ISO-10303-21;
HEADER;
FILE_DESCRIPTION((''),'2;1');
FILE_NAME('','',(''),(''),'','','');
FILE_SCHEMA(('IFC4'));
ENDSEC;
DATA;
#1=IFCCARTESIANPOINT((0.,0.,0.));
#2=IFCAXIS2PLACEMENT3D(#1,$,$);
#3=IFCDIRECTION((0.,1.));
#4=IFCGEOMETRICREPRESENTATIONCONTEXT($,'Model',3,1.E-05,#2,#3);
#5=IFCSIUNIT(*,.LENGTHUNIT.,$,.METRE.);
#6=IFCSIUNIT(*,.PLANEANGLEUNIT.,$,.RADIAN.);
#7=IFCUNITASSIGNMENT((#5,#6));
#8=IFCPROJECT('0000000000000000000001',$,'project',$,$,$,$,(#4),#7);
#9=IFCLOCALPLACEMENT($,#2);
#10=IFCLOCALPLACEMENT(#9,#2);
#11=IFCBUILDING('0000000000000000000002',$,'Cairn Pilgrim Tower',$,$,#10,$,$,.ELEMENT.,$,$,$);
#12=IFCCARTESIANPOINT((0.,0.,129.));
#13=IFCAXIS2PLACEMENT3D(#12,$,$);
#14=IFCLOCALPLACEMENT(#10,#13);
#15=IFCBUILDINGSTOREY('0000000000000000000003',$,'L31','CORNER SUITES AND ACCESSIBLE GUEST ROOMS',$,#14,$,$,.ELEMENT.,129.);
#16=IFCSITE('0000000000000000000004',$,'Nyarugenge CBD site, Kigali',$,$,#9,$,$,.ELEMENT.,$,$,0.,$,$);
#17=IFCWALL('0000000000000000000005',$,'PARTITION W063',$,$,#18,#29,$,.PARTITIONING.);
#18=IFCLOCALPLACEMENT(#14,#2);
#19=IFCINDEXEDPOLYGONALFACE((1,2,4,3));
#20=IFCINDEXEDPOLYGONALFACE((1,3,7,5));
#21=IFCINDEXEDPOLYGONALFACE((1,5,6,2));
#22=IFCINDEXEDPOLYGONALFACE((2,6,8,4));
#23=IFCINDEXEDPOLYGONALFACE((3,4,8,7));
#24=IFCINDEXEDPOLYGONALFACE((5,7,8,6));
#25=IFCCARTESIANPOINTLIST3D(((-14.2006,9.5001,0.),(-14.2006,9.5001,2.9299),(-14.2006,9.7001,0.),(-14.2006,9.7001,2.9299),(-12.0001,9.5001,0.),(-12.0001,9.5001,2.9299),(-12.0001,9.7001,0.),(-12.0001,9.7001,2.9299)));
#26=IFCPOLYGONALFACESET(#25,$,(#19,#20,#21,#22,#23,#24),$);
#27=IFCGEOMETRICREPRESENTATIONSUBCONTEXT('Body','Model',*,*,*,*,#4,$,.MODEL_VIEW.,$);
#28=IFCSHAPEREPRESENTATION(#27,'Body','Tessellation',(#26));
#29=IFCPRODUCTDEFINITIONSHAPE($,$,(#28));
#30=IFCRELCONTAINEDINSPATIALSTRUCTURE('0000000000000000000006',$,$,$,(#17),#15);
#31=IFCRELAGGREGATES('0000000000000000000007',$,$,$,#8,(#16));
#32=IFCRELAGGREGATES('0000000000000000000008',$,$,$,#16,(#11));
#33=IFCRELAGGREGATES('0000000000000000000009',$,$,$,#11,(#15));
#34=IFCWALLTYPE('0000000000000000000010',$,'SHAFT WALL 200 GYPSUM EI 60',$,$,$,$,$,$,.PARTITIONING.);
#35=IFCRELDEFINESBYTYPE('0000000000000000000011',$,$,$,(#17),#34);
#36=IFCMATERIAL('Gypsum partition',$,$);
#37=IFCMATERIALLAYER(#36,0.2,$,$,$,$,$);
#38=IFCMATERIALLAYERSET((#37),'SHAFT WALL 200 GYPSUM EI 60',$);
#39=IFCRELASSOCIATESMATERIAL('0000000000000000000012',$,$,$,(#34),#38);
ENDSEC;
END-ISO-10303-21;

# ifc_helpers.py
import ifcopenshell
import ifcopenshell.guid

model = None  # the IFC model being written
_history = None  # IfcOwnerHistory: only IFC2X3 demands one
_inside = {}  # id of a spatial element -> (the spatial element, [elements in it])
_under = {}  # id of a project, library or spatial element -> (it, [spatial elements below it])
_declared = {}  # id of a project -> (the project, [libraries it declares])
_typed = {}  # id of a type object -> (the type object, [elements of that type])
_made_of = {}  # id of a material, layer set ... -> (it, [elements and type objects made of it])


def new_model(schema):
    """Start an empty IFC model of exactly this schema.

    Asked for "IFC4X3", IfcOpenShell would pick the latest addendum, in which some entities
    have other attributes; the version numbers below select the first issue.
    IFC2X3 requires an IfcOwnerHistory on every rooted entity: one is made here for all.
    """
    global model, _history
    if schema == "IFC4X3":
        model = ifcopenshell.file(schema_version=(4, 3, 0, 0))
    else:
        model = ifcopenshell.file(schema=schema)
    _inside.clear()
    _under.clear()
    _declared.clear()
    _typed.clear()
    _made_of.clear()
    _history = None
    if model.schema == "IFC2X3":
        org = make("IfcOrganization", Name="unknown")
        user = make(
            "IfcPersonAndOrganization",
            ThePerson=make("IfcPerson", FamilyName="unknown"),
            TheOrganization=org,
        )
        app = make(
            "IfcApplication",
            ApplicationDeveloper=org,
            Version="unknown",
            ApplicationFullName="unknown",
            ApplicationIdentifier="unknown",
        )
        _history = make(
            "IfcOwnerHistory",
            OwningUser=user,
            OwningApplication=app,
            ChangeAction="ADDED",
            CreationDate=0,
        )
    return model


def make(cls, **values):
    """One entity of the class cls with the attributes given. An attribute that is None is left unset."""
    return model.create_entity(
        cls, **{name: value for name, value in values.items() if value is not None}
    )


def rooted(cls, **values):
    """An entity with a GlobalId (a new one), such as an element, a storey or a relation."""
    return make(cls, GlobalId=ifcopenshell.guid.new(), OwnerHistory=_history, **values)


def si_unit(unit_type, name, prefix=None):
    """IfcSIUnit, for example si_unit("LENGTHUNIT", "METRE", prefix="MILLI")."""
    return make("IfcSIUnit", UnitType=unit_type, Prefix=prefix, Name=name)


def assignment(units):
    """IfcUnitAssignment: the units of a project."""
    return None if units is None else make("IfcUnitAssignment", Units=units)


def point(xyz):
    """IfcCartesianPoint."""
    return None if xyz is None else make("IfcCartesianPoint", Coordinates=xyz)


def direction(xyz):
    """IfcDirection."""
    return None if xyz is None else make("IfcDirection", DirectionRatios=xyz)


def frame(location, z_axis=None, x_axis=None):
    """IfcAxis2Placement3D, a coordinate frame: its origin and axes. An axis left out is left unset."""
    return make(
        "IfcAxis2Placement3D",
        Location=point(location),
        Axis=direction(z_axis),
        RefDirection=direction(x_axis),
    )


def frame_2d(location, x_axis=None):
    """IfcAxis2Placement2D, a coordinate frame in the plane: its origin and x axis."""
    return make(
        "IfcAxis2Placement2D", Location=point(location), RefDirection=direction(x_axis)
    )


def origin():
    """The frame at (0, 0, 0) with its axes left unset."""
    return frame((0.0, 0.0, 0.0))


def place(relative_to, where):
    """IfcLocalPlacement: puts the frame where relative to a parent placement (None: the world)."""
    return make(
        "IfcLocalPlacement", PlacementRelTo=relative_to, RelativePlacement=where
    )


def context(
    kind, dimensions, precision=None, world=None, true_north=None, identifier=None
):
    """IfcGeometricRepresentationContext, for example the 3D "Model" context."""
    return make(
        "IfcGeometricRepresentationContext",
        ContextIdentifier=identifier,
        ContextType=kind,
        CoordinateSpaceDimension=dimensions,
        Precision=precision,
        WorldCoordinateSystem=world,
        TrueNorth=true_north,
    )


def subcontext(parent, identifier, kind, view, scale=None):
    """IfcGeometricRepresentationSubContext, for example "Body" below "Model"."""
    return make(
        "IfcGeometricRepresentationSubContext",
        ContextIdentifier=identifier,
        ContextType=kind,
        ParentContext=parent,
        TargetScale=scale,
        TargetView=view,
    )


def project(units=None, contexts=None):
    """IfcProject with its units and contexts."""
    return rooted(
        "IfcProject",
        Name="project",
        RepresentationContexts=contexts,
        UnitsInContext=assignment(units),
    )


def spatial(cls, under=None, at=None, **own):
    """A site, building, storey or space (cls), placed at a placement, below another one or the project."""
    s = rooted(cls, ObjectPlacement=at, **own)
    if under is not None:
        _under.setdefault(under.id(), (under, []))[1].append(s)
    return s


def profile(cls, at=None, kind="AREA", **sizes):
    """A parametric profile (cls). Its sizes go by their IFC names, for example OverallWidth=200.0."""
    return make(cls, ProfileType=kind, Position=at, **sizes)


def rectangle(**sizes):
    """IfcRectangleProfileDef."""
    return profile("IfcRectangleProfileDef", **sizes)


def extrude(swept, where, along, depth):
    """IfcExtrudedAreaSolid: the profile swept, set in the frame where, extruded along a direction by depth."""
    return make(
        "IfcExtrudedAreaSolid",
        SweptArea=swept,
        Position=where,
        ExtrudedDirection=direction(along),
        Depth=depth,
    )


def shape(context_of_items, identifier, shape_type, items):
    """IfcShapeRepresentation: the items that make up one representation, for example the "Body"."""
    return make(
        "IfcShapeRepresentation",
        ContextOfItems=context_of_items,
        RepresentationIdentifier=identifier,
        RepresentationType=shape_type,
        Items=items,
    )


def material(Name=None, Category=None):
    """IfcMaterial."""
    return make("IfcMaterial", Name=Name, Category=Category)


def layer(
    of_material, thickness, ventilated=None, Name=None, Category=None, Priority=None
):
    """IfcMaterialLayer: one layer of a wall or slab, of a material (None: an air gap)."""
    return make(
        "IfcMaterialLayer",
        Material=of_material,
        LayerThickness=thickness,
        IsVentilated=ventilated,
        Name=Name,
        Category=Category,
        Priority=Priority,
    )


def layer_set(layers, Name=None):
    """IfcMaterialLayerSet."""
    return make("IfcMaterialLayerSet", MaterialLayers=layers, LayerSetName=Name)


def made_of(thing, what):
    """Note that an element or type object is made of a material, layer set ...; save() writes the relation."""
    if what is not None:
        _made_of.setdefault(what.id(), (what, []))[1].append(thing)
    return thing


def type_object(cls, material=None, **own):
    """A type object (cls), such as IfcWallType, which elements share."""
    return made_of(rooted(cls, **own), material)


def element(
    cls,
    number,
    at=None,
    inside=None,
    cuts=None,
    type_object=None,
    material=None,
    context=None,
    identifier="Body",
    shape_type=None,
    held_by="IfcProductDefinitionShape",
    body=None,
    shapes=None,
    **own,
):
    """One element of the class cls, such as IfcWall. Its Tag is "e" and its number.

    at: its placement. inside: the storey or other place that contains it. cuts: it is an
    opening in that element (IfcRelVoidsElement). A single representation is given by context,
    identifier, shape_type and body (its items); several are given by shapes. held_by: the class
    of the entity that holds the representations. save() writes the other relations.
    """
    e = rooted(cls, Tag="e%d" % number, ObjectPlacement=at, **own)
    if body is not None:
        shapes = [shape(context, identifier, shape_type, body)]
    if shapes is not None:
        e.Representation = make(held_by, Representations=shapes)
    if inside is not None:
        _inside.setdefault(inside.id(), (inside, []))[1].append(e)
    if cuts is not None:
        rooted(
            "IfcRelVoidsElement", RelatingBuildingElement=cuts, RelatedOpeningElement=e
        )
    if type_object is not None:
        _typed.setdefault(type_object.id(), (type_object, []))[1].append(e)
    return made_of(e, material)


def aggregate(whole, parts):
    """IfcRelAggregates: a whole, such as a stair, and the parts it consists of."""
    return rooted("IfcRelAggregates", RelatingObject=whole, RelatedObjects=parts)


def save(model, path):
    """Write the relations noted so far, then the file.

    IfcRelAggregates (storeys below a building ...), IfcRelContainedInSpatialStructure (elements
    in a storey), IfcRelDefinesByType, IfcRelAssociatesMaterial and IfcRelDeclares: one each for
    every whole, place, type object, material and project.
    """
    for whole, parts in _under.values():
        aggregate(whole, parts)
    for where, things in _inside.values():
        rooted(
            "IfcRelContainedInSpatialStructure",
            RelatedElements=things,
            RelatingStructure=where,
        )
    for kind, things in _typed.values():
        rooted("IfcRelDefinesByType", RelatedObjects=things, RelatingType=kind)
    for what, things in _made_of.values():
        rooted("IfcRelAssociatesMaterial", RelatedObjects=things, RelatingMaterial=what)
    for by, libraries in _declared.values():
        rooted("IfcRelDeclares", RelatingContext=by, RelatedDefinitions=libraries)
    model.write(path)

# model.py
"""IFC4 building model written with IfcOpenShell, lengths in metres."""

from ifc_helpers import new_model, si_unit, direction, frame, frame_2d, origin, place, context, subcontext, project, spatial, rectangle, extrude, material, layer, layer_set, type_object, element, save


model = new_model("IFC4")

# Units and contexts
model_context = context("Model", 3, precision=1e-05, world=origin(), true_north=direction((0.0, 1.0)))
body_context = subcontext(model_context, "Body", "Model", "MODEL_VIEW")
ifc_project = project(units=[si_unit("LENGTHUNIT", "METRE"), si_unit("PLANEANGLEUNIT", "RADIAN")], contexts=[model_context])

# Site, building, storey
site_placement = place(None, origin())
site = spatial("IfcSite", under=ifc_project, at=site_placement, Name="Nyarugenge CBD site, Kigali", CompositionType="ELEMENT", RefElevation=0.0)
building_placement = place(site_placement, origin())
building = spatial("IfcBuilding", under=site, at=building_placement, Name="Cairn Pilgrim Tower", CompositionType="ELEMENT")
storey_placement = place(building_placement, frame((0.0, 0.0, 129.0)))
storey = spatial("IfcBuildingStorey", under=building, at=storey_placement, Name="L31", Description="CORNER SUITES AND ACCESSIBLE GUEST ROOMS", CompositionType="ELEMENT", Elevation=129.0)

# Shared definitions
ifc_material_1 = material(Name="Gypsum partition")

# Wall
ifc_layer_1 = layer(ifc_material_1, 0.2)
ifc_layer_set_1 = layer_set([ifc_layer_1], Name="SHAFT WALL 200 GYPSUM EI 60")
wall_type_1 = type_object("IfcWallType", Name="SHAFT WALL 200 GYPSUM EI 60", PredefinedType="PARTITIONING", material=ifc_layer_set_1)
wall_1_placement = place(storey_placement, frame((-14.2004, 9.6001, 0.0), z_axis=(0.0, 0.0, 1.0), x_axis=(1.0, 0.0, 0.0)))
element("IfcWall", 1, at=wall_1_placement, inside=storey, type_object=wall_type_1, Name="PARTITION W063", PredefinedType="PARTITIONING", context=body_context, shape_type="SweptSolid", body=[
    extrude(rectangle(XDim=2.2004, YDim=0.2, at=frame_2d((1.1001, 0.0))), origin(), (0.0, 0.0, 1.0), 2.9299),
])

save(model, "model.ifc")
